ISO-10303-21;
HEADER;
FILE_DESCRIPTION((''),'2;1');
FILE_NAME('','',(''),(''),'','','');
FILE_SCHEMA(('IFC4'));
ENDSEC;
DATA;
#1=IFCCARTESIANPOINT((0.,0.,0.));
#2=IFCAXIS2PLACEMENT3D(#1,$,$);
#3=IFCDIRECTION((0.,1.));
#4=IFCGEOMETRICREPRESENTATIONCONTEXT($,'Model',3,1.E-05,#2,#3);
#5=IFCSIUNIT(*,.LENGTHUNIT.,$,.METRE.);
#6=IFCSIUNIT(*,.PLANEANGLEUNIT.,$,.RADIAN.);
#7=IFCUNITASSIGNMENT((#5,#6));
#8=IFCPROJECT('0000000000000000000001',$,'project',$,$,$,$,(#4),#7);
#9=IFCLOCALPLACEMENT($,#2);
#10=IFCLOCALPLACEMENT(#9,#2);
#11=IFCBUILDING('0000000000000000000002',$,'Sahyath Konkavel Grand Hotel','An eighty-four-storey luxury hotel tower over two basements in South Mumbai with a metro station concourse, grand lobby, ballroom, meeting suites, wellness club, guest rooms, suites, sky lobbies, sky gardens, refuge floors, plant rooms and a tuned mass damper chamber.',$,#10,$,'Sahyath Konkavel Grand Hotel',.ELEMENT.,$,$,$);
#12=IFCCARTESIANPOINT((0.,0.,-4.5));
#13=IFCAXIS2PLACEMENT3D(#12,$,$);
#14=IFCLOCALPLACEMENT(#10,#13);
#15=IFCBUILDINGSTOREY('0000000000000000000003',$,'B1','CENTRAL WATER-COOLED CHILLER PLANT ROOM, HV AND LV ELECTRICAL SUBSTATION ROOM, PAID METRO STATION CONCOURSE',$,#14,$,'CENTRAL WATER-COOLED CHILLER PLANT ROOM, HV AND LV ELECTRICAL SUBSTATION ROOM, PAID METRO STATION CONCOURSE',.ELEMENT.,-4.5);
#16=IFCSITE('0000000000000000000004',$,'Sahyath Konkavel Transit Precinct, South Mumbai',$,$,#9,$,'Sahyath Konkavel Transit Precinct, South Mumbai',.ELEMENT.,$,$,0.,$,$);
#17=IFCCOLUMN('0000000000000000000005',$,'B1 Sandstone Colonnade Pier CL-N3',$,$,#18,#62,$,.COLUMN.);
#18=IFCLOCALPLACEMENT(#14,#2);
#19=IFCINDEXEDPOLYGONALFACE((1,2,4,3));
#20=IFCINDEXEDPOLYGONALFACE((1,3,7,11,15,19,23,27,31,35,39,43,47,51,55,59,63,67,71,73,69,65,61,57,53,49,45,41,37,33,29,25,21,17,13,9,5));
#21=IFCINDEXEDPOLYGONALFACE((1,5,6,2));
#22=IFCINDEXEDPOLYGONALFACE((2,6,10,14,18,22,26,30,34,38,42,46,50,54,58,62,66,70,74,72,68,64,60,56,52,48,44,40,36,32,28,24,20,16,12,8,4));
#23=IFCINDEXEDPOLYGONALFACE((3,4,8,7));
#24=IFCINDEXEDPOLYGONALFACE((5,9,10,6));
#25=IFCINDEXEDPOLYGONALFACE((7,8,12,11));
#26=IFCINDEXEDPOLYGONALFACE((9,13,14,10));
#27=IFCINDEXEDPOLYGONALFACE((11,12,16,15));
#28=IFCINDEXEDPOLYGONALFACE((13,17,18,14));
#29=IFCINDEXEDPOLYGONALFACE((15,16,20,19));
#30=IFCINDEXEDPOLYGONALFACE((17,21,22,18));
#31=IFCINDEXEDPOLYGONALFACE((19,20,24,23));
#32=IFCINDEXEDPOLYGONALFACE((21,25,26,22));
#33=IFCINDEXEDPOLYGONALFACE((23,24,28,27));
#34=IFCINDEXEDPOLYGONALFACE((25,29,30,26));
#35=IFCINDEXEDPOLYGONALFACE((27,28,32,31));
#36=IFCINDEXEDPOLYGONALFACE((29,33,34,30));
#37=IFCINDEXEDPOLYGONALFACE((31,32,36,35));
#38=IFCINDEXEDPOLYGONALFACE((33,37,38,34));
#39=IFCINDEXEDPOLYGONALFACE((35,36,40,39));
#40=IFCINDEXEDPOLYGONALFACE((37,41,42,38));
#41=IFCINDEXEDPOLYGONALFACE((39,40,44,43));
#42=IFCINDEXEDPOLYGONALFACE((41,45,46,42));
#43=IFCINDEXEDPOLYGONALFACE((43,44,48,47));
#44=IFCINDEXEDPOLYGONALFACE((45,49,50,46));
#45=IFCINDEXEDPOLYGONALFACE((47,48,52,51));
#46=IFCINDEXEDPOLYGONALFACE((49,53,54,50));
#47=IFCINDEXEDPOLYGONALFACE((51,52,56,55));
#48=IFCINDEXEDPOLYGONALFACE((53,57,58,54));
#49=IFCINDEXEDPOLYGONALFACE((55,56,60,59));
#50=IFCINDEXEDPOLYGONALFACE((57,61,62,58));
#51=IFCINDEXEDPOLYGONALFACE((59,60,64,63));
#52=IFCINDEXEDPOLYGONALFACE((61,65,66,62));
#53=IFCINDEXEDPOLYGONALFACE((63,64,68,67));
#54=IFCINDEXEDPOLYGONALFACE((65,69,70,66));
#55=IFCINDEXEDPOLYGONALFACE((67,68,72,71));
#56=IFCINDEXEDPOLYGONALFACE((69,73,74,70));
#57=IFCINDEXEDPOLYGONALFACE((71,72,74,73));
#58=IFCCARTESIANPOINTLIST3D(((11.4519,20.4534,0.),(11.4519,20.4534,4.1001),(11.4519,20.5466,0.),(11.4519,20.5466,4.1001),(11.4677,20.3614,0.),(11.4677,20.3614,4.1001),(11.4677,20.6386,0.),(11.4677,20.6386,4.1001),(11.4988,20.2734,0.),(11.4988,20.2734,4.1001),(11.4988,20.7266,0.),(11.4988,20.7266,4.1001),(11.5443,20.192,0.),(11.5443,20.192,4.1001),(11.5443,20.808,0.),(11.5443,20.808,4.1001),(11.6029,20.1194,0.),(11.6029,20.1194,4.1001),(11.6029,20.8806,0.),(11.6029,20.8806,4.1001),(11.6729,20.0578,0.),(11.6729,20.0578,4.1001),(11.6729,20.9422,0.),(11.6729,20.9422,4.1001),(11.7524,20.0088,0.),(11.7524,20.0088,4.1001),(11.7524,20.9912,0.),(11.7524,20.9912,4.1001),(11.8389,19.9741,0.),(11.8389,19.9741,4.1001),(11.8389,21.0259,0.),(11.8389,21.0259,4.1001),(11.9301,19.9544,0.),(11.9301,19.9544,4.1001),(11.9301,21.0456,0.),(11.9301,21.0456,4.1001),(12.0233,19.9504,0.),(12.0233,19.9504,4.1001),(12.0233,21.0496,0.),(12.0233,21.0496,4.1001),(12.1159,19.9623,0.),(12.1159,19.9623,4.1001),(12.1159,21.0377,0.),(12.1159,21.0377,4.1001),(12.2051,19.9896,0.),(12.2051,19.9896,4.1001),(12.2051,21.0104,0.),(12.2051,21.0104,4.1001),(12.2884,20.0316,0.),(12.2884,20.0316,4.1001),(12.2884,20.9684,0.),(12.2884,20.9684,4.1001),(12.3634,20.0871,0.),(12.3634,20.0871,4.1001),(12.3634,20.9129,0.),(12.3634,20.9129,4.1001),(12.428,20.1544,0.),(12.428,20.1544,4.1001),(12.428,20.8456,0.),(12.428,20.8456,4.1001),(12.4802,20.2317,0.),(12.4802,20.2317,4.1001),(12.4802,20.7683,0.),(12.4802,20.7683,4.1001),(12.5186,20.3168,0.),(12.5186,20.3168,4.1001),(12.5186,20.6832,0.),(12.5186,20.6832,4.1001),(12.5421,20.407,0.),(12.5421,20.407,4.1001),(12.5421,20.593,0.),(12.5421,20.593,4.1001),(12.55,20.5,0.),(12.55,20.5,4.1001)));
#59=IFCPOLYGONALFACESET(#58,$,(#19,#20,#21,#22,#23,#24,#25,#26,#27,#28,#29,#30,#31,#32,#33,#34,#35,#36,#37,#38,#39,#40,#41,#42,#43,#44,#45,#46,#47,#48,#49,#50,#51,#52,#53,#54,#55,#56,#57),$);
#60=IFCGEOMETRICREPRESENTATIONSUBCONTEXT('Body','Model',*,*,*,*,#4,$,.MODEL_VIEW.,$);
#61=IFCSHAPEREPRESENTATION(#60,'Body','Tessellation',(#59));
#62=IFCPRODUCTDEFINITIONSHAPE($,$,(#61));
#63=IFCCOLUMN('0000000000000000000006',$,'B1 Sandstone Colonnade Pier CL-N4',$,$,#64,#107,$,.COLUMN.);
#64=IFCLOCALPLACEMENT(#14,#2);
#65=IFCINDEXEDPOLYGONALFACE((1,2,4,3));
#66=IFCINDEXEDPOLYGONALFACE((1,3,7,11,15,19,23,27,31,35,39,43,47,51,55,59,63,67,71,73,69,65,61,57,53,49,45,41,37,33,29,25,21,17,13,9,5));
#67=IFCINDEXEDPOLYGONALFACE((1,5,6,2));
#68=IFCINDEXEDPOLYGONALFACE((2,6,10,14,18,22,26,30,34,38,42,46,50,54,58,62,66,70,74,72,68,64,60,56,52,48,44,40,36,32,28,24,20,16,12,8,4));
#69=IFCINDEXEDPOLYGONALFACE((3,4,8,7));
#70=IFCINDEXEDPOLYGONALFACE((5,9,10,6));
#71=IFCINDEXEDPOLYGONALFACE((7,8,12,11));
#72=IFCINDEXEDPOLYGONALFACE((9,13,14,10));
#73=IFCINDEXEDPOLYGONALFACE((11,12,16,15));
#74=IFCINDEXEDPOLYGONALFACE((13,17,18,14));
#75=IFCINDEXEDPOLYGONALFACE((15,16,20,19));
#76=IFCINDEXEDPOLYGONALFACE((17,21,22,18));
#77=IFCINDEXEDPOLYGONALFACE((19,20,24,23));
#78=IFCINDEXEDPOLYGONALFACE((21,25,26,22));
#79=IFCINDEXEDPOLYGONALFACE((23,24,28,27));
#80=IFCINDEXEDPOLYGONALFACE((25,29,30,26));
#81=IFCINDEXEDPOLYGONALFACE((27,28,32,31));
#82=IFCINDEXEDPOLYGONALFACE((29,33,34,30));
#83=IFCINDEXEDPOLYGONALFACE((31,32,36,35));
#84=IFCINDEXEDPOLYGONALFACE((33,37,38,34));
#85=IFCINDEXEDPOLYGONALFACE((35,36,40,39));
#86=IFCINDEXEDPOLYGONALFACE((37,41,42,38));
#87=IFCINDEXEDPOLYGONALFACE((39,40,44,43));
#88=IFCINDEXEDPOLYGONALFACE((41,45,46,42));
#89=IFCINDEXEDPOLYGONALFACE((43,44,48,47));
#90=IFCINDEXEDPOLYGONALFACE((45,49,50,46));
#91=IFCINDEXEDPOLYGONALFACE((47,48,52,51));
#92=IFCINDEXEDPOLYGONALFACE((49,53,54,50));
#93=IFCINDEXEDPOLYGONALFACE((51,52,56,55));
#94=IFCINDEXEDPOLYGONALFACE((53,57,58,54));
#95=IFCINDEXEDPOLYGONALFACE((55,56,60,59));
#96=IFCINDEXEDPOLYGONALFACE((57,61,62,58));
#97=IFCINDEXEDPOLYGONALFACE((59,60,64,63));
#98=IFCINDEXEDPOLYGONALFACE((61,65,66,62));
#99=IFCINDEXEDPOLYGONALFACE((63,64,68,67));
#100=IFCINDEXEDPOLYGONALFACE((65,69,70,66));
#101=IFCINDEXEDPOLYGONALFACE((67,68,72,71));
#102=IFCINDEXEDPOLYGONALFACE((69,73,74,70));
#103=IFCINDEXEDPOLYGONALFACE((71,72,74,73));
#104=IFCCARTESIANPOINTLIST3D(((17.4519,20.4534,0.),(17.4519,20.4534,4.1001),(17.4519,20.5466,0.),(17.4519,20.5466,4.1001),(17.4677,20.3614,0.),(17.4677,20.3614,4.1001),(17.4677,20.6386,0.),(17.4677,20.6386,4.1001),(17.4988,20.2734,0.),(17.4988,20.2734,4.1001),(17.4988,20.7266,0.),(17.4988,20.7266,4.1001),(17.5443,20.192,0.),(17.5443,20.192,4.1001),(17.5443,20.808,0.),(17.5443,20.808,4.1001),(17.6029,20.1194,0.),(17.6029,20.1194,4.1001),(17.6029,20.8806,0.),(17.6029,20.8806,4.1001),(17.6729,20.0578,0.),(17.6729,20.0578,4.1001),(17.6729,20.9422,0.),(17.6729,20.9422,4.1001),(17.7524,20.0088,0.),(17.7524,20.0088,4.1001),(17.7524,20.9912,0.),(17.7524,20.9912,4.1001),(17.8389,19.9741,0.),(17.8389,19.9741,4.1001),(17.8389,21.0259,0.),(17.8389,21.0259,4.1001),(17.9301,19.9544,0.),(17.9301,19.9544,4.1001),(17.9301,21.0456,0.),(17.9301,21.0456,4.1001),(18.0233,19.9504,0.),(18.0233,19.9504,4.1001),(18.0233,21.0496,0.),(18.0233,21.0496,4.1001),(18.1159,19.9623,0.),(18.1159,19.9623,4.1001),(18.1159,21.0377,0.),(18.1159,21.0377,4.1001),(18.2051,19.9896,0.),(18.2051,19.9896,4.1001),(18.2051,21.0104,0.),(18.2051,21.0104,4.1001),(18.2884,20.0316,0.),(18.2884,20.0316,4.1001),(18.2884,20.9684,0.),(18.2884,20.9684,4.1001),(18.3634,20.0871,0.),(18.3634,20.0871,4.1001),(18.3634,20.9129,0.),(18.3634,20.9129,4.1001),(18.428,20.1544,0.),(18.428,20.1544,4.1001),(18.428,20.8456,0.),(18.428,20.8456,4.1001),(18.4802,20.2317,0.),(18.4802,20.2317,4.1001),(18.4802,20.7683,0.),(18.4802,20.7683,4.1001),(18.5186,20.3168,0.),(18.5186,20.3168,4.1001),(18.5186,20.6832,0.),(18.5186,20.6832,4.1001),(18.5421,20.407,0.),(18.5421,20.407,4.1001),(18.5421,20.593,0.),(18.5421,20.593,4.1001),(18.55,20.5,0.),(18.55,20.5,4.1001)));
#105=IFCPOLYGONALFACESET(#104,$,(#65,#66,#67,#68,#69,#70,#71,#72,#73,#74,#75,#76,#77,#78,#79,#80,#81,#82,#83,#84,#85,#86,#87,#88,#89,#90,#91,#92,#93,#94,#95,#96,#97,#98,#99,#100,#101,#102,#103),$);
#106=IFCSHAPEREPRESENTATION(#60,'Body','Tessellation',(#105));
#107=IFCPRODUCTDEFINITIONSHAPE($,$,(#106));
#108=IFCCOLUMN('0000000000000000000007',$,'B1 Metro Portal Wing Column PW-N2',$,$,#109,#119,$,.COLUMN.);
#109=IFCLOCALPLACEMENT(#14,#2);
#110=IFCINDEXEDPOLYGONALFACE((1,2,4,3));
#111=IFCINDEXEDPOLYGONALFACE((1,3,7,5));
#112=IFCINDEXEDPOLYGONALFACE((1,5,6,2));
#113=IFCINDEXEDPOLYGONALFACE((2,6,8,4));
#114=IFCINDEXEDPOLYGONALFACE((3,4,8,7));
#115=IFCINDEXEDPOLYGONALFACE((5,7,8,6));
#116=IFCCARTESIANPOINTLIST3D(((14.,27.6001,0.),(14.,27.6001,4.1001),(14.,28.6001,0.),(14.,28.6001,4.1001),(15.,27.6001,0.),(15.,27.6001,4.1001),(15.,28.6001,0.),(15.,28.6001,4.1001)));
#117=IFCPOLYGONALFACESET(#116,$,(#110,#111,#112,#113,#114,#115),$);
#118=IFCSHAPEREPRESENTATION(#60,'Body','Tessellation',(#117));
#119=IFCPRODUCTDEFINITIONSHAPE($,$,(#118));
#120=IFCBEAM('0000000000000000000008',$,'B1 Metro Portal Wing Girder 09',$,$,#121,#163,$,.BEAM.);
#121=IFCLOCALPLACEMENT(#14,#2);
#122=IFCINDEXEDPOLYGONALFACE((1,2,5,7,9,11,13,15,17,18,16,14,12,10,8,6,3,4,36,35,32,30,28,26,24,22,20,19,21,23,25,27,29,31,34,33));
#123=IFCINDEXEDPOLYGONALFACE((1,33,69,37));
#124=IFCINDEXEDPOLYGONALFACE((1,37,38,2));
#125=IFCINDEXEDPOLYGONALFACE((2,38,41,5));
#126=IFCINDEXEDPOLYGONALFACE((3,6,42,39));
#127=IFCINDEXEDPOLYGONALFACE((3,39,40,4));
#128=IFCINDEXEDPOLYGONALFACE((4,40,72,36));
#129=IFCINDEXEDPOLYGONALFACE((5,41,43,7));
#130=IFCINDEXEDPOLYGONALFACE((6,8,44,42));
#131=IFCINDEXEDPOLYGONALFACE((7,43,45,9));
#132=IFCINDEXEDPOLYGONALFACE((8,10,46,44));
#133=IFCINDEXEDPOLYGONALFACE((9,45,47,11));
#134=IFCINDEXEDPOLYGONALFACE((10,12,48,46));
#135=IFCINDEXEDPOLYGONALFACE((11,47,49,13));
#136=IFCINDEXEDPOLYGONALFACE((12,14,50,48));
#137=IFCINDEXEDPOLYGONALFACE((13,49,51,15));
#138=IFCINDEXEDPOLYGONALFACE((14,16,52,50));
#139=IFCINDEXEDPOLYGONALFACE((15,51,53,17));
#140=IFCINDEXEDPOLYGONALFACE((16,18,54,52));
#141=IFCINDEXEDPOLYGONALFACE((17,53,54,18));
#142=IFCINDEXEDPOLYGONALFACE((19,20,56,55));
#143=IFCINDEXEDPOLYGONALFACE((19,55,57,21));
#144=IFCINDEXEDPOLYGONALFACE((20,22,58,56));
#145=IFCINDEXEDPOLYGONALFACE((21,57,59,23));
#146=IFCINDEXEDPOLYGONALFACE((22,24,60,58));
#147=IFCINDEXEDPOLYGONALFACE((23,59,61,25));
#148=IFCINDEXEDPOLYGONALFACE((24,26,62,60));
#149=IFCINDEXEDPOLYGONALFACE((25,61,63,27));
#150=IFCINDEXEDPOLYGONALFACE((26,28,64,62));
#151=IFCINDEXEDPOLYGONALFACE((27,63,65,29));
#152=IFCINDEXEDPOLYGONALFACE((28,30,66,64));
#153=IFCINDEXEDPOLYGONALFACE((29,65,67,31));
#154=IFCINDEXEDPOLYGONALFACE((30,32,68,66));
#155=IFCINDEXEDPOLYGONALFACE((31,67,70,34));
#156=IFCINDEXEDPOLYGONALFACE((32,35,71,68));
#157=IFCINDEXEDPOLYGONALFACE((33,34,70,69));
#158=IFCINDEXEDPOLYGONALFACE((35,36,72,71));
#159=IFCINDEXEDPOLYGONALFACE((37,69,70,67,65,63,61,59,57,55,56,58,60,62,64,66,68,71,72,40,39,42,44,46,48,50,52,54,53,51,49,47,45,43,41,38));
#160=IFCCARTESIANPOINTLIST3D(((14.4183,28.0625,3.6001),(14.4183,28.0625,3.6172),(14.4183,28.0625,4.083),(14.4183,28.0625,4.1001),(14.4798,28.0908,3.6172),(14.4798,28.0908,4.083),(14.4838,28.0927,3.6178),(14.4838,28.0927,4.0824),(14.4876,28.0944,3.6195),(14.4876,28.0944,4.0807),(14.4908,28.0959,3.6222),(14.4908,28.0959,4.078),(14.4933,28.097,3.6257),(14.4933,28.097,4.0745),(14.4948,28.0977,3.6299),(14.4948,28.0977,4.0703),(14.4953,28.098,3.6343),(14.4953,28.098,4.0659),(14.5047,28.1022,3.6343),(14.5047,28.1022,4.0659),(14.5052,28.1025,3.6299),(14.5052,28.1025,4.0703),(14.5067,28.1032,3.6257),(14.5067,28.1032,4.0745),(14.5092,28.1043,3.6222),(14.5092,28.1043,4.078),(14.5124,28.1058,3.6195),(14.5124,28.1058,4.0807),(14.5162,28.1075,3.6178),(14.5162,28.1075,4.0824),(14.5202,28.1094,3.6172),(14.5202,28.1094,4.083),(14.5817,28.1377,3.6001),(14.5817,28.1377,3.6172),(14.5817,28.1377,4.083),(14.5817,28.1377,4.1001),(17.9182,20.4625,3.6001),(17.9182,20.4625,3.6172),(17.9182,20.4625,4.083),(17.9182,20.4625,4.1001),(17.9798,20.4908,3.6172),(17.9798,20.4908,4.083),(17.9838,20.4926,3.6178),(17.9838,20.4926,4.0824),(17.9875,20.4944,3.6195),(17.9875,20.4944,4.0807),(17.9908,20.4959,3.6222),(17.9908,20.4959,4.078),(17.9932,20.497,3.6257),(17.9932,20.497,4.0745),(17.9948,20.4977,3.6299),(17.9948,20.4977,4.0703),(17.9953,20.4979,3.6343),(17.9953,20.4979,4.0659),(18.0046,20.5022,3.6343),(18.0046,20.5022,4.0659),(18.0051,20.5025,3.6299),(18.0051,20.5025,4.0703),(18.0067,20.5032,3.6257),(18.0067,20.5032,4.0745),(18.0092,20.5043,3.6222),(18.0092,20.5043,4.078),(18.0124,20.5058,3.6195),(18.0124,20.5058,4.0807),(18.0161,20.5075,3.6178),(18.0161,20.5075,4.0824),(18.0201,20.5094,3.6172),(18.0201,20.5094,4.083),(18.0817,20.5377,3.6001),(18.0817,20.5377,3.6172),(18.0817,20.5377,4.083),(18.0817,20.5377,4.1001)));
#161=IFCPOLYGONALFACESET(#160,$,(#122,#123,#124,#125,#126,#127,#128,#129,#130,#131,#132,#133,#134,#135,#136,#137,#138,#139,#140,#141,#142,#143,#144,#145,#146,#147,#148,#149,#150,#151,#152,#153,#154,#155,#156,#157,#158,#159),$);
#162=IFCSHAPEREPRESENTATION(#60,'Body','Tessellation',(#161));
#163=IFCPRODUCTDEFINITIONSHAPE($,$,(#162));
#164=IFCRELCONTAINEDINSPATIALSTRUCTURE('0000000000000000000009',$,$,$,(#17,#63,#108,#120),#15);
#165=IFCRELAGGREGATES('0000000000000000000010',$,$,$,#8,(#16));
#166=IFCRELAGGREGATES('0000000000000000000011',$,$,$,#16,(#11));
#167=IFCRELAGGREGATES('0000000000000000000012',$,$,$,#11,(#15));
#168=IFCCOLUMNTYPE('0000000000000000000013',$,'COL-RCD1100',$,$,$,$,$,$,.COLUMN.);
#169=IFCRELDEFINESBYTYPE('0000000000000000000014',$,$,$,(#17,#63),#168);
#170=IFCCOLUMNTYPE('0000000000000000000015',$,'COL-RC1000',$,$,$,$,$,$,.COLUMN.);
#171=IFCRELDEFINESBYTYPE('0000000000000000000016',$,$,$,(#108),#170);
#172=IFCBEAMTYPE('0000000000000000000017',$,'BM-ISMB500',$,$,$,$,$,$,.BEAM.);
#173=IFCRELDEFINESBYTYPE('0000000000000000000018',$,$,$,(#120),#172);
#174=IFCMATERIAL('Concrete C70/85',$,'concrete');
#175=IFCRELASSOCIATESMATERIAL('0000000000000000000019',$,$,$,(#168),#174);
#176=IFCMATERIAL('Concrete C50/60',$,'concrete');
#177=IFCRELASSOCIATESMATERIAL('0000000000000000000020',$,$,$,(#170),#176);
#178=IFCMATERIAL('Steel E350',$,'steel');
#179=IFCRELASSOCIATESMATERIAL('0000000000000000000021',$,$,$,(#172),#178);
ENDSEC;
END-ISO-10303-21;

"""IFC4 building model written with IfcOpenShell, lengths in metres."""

from ifc_helpers import new_model, si_unit, direction, frame, origin, origin_2d, place, context, subcontext, project, spatial, rectangle, circle, i_section, extrude, source, transform, mapped, material, material_profile, profile_set, type_object, element, save


model = new_model("IFC4")

# Units and contexts
model_context = context("Model", 3, precision=1e-05, world=origin(), true_north=direction((0.0, 1.0)))
body_context = subcontext(model_context, "Body", "Model", "MODEL_VIEW")
ifc_project = project(units=[si_unit("LENGTHUNIT", "METRE"), si_unit("PLANEANGLEUNIT", "RADIAN")], contexts=[model_context])

# Site, building, storey
site_placement = place(None, origin())
site = spatial("IfcSite", under=ifc_project, at=site_placement, Name="Sahyath Konkavel Transit Precinct, South Mumbai", LongName="Sahyath Konkavel Transit Precinct, South Mumbai", CompositionType="ELEMENT", RefElevation=0.0)
building_placement = place(site_placement, origin())
building = spatial("IfcBuilding", under=site, at=building_placement, Name="Sahyath Konkavel Grand Hotel", Description="An eighty-four-storey luxury hotel tower over two basements in South Mumbai with a metro station concourse, grand lobby, ballroom, meeting suites, wellness club, guest rooms, suites, sky lobbies, sky gardens, refuge floors, plant rooms and a tuned mass damper chamber.", LongName="Sahyath Konkavel Grand Hotel", CompositionType="ELEMENT")
storey_placement = place(building_placement, frame((0.0, 0.0, -4.5)))
storey = spatial("IfcBuildingStorey", under=building, at=storey_placement, Name="B1", Description="CENTRAL WATER-COOLED CHILLER PLANT ROOM, HV AND LV ELECTRICAL SUBSTATION ROOM, PAID METRO STATION CONCOURSE", LongName="CENTRAL WATER-COOLED CHILLER PLANT ROOM, HV AND LV ELECTRICAL SUBSTATION ROOM, PAID METRO STATION CONCOURSE", CompositionType="ELEMENT", Elevation=-4.5)

# Columns
ifc_material_1 = material(Name="Concrete C70/85", Category="concrete")
ifc_material_profile_1 = material_profile(ifc_material_1, circle(Radius=0.55, at=origin_2d()), Name="RC D1100")
ifc_profile_set_1 = profile_set([ifc_material_profile_1], Name="Concrete C70/85")
column_type_1 = type_object("IfcColumnType", Name="COL-RCD1100", PredefinedType="COLUMN", material=ifc_profile_set_1)
shared_shape_1 = source(origin(), body_context, "Body", "SweptSolid", [
    extrude(circle(Radius=0.55, at=origin_2d()), origin(), (0.0, 0.0, 1.0), 4.1001),
])
for number, where, z_axis, x_axis, name in (
    (1, (12.0, 20.5, 0.0), (0.0, 0.0, 1.0), (1.0, 0.0, 0.0), "B1 Sandstone Colonnade Pier CL-N3"),
    (2, (18.0, 20.5, 0.0), (0.0, 0.0, 1.0), (1.0, 0.0, 0.0), "B1 Sandstone Colonnade Pier CL-N4"),
):
    element("IfcColumn", number, at=place(storey_placement, frame(where, z_axis=z_axis, x_axis=x_axis)), inside=storey, type_object=column_type_1, Name=name, PredefinedType="COLUMN", context=body_context, shape_type="MappedRepresentation", body=[
        mapped(shared_shape_1, transform((0.0, 0.0, 0.0), scale=1.0)),
    ])
ifc_material_2 = material(Name="Concrete C50/60", Category="concrete")
ifc_material_profile_2 = material_profile(ifc_material_2, rectangle(XDim=1.0, YDim=1.0, at=origin_2d()), Name="RC 1000x1000")
ifc_profile_set_2 = profile_set([ifc_material_profile_2], Name="Concrete C50/60")
column_type_2 = type_object("IfcColumnType", Name="COL-RC1000", PredefinedType="COLUMN", material=ifc_profile_set_2)
shared_shape_2 = source(origin(), body_context, "Body", "SweptSolid", [
    extrude(rectangle(XDim=1.0, YDim=1.0, at=origin_2d()), origin(), (0.0, 0.0, 1.0), 4.1001),
])
column_placement = place(storey_placement, frame((14.5, 28.1001, 0.0), z_axis=(0.0, 0.0, 1.0), x_axis=(1.0, 0.0, 0.0)))
element("IfcColumn", 3, at=column_placement, inside=storey, type_object=column_type_2, Name="B1 Metro Portal Wing Column PW-N2", PredefinedType="COLUMN", context=body_context, shape_type="MappedRepresentation", body=[
    mapped(shared_shape_2, transform((0.0, 0.0, 0.0), scale=1.0)),
])

# Beam
ifc_material_3 = material(Name="Steel E350", Category="steel")
ifc_material_profile_3 = material_profile(ifc_material_3, i_section(OverallWidth=0.1799, OverallDepth=0.5, WebThickness=0.0103, FlangeThickness=0.0171, FilletRadius=0.0171, at=origin_2d()), Name="ISMB 500")
ifc_profile_set_3 = profile_set([ifc_material_profile_3], Name="Steel E350")
beam_type_1 = type_object("IfcBeamType", Name="BM-ISMB500", PredefinedType="BEAM", material=ifc_profile_set_3)
shared_shape_3 = source(origin(), body_context, "Body", "SweptSolid", [
    extrude(i_section(OverallWidth=0.1799, OverallDepth=0.5, WebThickness=0.0103, FlangeThickness=0.0171, FilletRadius=0.0171, at=origin_2d()), origin(), (0.0, 0.0, 1.0), 8.3672),
])
beam_1_placement = place(storey_placement, frame((14.5, 28.1001, 3.8501), z_axis=(0.418296, -0.908311, 0.0), x_axis=(0.908311, 0.418296, 0.0)))
element("IfcBeam", 4, at=beam_1_placement, inside=storey, type_object=beam_type_1, Name="B1 Metro Portal Wing Girder 09", PredefinedType="BEAM", context=body_context, shape_type="MappedRepresentation", body=[
    mapped(shared_shape_3, transform((0.0, 0.0, 0.0), scale=1.0)),
])

save(model, "model.ifc")
